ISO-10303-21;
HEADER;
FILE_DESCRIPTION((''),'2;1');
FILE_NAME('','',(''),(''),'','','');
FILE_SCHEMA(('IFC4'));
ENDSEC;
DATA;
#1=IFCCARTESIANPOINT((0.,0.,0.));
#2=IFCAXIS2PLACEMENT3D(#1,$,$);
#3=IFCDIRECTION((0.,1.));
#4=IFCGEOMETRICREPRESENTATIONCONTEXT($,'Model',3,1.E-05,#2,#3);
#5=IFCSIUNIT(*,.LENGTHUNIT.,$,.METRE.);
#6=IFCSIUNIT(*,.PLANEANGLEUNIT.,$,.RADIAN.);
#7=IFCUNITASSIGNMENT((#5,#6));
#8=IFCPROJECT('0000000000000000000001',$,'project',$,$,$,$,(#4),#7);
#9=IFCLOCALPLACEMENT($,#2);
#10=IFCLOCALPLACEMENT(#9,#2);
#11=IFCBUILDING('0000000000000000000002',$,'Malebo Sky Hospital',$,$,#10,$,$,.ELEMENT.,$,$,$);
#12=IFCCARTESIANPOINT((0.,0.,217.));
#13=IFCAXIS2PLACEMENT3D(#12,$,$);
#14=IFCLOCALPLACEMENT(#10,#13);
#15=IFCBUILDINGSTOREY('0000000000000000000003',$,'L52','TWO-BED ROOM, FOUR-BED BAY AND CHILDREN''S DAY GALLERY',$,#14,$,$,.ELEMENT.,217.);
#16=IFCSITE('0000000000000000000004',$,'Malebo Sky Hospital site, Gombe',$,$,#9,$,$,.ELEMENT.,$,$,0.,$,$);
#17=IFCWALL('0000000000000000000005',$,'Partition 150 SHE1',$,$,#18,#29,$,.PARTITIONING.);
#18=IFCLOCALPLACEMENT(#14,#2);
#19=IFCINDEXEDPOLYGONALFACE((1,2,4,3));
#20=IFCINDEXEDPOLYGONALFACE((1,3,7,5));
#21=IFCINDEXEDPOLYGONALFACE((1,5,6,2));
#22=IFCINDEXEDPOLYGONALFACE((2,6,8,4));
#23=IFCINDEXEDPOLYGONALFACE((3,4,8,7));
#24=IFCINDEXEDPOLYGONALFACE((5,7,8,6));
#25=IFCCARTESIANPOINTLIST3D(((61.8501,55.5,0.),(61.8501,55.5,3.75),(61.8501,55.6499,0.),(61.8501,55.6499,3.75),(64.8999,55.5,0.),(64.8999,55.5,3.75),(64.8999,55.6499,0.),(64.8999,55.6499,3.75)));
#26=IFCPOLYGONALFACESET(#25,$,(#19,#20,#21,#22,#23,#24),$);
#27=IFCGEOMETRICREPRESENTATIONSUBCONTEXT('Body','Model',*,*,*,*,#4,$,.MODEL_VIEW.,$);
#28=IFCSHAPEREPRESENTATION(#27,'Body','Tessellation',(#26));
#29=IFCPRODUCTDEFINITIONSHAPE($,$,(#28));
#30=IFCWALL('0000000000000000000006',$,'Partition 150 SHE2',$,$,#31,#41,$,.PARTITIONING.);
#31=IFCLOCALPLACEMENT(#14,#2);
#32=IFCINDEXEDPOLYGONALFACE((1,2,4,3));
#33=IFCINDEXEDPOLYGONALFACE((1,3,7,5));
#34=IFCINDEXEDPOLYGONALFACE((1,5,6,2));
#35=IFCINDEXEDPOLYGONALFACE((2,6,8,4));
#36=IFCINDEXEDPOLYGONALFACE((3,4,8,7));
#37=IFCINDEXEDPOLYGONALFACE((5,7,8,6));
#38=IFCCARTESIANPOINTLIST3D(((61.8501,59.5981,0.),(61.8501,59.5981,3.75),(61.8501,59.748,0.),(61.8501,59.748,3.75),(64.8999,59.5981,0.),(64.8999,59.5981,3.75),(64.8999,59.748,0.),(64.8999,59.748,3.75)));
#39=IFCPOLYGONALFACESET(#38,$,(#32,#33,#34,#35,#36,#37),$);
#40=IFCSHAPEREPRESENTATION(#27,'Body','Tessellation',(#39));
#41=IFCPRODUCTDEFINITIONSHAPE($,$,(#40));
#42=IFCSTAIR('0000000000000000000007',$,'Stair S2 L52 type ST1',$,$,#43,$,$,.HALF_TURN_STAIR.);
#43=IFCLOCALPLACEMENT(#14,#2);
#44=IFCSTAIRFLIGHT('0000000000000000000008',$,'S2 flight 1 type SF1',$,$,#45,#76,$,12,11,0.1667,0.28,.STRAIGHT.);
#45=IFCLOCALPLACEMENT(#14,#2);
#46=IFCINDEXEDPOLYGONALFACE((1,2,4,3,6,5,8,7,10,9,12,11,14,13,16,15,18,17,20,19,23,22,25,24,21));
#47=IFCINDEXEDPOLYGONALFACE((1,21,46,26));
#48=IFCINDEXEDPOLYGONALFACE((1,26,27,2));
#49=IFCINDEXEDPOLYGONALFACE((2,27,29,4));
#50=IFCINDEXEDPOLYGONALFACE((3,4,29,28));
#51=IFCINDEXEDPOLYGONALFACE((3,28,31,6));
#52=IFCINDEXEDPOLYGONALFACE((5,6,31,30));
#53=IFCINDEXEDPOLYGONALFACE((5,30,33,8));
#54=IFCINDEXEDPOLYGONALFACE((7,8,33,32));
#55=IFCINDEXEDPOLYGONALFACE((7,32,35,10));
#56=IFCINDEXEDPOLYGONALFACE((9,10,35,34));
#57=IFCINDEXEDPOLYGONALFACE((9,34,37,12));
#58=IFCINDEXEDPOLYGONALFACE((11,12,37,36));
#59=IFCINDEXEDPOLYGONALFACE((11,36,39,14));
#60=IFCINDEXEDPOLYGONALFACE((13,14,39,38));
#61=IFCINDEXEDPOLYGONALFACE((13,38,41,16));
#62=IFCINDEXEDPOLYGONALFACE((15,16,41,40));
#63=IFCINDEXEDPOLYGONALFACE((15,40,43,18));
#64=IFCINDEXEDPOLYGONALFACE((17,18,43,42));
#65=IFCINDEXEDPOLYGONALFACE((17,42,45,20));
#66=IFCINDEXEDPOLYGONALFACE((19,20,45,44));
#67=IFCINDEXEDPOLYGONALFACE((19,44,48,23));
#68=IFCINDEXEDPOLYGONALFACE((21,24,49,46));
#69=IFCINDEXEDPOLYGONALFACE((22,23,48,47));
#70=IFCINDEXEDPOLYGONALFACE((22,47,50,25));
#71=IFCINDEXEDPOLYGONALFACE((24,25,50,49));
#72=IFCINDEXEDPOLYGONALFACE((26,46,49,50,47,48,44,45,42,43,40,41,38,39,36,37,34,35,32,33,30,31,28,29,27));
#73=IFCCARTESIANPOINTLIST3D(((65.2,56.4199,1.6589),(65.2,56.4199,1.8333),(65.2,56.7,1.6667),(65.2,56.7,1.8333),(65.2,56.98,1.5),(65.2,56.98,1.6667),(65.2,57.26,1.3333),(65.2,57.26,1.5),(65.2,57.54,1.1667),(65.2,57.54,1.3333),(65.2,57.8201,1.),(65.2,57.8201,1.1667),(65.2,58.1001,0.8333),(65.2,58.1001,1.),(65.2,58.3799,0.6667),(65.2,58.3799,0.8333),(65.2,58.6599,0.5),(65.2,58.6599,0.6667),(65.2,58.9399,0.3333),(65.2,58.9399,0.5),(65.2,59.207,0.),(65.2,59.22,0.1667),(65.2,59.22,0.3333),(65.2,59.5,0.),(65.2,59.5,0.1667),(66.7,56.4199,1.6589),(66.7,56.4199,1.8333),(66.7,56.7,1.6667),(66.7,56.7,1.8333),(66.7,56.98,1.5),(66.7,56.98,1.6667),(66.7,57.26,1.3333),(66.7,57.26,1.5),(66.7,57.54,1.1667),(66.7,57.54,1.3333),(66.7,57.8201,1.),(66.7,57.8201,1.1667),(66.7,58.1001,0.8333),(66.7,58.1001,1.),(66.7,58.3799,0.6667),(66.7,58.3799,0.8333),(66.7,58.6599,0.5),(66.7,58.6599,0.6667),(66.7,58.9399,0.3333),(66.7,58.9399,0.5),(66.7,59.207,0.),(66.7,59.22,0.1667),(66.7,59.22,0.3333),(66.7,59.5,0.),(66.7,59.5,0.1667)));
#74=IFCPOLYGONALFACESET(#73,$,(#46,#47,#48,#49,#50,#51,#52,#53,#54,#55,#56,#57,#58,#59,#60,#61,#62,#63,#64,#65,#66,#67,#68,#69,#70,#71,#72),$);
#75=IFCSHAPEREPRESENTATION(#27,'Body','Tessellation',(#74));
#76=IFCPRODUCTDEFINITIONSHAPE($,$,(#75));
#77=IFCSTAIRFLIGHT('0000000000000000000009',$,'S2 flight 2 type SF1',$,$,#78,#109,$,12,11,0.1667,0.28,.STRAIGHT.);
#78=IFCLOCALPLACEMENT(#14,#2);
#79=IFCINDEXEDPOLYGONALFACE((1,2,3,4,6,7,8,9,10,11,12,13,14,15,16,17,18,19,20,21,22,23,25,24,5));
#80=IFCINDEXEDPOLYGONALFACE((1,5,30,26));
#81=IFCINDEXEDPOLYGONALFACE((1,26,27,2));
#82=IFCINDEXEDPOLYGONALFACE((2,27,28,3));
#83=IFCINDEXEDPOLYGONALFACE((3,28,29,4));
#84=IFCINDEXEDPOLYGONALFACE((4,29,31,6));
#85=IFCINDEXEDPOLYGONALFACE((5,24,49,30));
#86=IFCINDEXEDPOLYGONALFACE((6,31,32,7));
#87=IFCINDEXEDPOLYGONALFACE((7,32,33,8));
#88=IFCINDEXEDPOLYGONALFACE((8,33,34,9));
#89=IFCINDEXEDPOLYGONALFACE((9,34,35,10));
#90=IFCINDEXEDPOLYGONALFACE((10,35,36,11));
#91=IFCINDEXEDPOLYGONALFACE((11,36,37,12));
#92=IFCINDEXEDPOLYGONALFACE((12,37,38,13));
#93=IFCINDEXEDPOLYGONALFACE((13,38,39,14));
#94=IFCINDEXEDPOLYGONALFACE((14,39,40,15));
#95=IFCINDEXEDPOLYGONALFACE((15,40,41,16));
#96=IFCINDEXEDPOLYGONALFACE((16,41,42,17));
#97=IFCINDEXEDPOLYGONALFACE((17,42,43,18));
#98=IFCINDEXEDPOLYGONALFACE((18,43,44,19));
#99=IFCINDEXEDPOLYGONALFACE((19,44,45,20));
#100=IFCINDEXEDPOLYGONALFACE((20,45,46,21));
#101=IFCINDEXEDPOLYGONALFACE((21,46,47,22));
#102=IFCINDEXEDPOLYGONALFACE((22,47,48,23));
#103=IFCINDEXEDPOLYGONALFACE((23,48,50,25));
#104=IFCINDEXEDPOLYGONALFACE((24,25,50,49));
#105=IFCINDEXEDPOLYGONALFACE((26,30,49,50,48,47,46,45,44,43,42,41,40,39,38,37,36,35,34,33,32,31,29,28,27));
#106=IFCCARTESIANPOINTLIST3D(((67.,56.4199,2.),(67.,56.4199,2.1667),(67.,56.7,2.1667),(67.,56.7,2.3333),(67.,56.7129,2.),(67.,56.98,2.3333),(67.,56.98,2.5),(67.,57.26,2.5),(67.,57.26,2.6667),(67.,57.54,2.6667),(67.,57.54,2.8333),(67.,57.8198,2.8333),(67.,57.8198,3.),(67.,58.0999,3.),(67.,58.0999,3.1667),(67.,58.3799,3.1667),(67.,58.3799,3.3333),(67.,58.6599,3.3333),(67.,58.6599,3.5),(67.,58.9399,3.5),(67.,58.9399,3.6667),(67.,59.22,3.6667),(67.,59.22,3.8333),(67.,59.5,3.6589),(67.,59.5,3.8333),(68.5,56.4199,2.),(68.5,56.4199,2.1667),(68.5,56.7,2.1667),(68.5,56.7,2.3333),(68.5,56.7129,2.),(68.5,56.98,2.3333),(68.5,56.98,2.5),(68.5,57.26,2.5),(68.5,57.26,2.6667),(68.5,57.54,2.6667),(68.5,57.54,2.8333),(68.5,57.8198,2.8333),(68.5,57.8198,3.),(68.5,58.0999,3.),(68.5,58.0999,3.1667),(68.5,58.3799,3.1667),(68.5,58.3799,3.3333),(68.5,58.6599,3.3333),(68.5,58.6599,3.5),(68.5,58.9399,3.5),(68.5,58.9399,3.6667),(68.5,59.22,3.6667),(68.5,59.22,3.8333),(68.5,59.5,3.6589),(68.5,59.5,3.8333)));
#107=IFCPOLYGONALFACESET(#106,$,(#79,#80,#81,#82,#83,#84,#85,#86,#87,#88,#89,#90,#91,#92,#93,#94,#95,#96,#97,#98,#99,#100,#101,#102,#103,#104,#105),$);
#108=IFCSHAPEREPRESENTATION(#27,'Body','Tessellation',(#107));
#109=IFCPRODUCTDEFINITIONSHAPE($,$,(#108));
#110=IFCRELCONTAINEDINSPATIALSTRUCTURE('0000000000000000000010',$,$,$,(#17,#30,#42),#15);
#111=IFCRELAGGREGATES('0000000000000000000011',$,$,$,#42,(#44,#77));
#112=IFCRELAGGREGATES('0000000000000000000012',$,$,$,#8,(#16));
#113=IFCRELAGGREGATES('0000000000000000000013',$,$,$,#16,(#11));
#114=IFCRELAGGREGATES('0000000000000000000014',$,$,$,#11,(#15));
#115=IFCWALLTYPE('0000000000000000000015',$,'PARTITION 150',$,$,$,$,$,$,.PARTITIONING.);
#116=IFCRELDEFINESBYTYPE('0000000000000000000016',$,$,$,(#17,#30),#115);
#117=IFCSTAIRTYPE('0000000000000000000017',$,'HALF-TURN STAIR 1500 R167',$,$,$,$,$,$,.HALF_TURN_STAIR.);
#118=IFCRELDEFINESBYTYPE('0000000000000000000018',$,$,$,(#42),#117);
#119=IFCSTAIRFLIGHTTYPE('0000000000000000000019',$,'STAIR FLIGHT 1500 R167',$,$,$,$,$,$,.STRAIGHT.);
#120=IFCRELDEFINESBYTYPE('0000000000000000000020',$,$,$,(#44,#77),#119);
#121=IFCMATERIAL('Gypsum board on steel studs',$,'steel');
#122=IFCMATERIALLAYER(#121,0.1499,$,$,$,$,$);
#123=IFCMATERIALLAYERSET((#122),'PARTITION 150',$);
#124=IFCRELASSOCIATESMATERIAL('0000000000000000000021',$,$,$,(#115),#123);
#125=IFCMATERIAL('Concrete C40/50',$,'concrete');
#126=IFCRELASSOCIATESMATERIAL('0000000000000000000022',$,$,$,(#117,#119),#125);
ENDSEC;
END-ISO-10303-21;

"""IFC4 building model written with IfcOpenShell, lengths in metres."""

from ifc_helpers import new_model, si_unit, direction, frame, frame_2d, origin, place, context, subcontext, project, spatial, polyline, rectangle, outline, extrude, material, layer, layer_set, type_object, element, aggregate, save


model = new_model("IFC4")

# Units and contexts
model_context = context("Model", 3, precision=1e-05, world=origin(), true_north=direction((0.0, 1.0)))
body_context = subcontext(model_context, "Body", "Model", "MODEL_VIEW")
ifc_project = project(units=[si_unit("LENGTHUNIT", "METRE"), si_unit("PLANEANGLEUNIT", "RADIAN")], contexts=[model_context])

# Site, building, storey
site_placement = place(None, origin())
site = spatial("IfcSite", under=ifc_project, at=site_placement, Name="Malebo Sky Hospital site, Gombe", CompositionType="ELEMENT", RefElevation=0.0)
building_placement = place(site_placement, origin())
building = spatial("IfcBuilding", under=site, at=building_placement, Name="Malebo Sky Hospital", CompositionType="ELEMENT")
storey_placement = place(building_placement, frame((0.0, 0.0, 217.0)))
storey = spatial("IfcBuildingStorey", under=building, at=storey_placement, Name="L52", Description="TWO-BED ROOM, FOUR-BED BAY AND CHILDREN'S DAY GALLERY", CompositionType="ELEMENT", Elevation=217.0)

# Walls
ifc_material_1 = material(Name="Gypsum board on steel studs", Category="steel")
ifc_layer_1 = layer(ifc_material_1, 0.1499)
ifc_layer_set_1 = layer_set([ifc_layer_1], Name="PARTITION 150")
wall_type_1 = type_object("IfcWallType", Name="PARTITION 150", PredefinedType="PARTITIONING", material=ifc_layer_set_1)
for number, where, z_axis, x_axis, name in (
    (1, (61.8501, 55.575, 0.0), (0.0, 0.0, 1.0), (1.0, 0.0, 0.0), "Partition 150 SHE1"),
    (2, (61.8501, 59.6731, 0.0), (0.0, 0.0, 1.0), (1.0, 0.0, 0.0), "Partition 150 SHE2"),
):
    element("IfcWall", number, at=place(storey_placement, frame(where, z_axis=z_axis, x_axis=x_axis)), inside=storey, type_object=wall_type_1, Name=name, PredefinedType="PARTITIONING", context=body_context, shape_type="SweptSolid", body=[
        extrude(rectangle(XDim=3.0498, YDim=0.1499, at=frame_2d((1.5249, 0.0))), origin(), (0.0, 0.0, 1.0), 3.75),
    ])

# Stair, stair flights
ifc_material_2 = material(Name="Concrete C40/50", Category="concrete")
stair_type = type_object("IfcStairType", Name="HALF-TURN STAIR 1500 R167", PredefinedType="HALF_TURN_STAIR", material=ifc_material_2)
stair_placement = place(storey_placement, origin())
stair = element("IfcStair", 3, at=stair_placement, inside=storey, type_object=stair_type, Name="Stair S2 L52 type ST1", PredefinedType="HALF_TURN_STAIR")
stair_flight_type = type_object("IfcStairFlightType", Name="STAIR FLIGHT 1500 R167", PredefinedType="STRAIGHT", material=ifc_material_2)
stair_flight_1_placement = place(storey_placement, frame((65.95, 59.5, 0.0), z_axis=(0.0, 0.0, 1.0), x_axis=(0.0, -1.0, 0.0)))
stair_flight_1 = element("IfcStairFlight", 4, at=stair_flight_1_placement, type_object=stair_flight_type, Name="S2 flight 1 type SF1", NumberOfRisers=12, NumberOfTreads=11, PredefinedType="STRAIGHT", RiserHeight=0.1667, TreadLength=0.28, context=body_context, shape_type="SweptSolid", body=[
    extrude(outline(polyline([(0.0, 0.0), (0.0, 0.1667), (0.28, 0.1667), (0.28, 0.3333), (0.5601, 0.3333), (0.5601, 0.5), (0.8401, 0.5), (0.8401, 0.6667), (1.1201, 0.6667), (1.1201, 0.8333), (1.3999, 0.8333), (1.3999, 1.0), (1.6799, 1.0), (1.6799, 1.1667), (1.96, 1.1667), (1.96, 1.3333), (2.24, 1.3333), (2.24, 1.5), (2.52, 1.5), (2.52, 1.6667), (2.8, 1.6667), (2.8, 1.8333), (3.0801, 1.8333), (3.0801, 2.0), (3.0801, 1.6589), (0.293, 0.0), (0.0, 0.0)])), frame((0.0, 0.75, 0.0), z_axis=(0.0, -1.0, 0.0), x_axis=(1.0, 0.0, 0.0)), (0.0, 0.0, 1.0), 1.5),
])
stair_flight_2_placement = place(storey_placement, frame((67.75, 56.4199, 2.0), z_axis=(0.0, 0.0, 1.0), x_axis=(0.0, 1.0, 0.0)))
stair_flight_2 = element("IfcStairFlight", 5, at=stair_flight_2_placement, type_object=stair_flight_type, Name="S2 flight 2 type SF1", NumberOfRisers=12, NumberOfTreads=11, PredefinedType="STRAIGHT", RiserHeight=0.1667, TreadLength=0.28, context=body_context, shape_type="SweptSolid", body=[
    extrude(outline(polyline([(0.0, 0.0), (0.0, 0.1667), (0.28, 0.1667), (0.28, 0.3333), (0.5601, 0.3333), (0.5601, 0.5), (0.8401, 0.5), (0.8401, 0.6667), (1.1201, 0.6667), (1.1201, 0.8333), (1.3999, 0.8333), (1.3999, 1.0), (1.6799, 1.0), (1.6799, 1.1667), (1.96, 1.1667), (1.96, 1.3333), (2.24, 1.3333), (2.24, 1.5), (2.52, 1.5), (2.52, 1.6667), (2.8, 1.6667), (2.8, 1.8333), (3.0801, 1.8333), (3.0801, 2.0), (3.0801, 1.6589), (0.293, 0.0), (0.0, 0.0)])), frame((0.0, 0.75, 0.0), z_axis=(0.0, -1.0, 0.0), x_axis=(1.0, 0.0, 0.0)), (0.0, 0.0, 1.0), 1.5),
])
aggregate(stair, [stair_flight_1, stair_flight_2])

save(model, "model.ifc")
